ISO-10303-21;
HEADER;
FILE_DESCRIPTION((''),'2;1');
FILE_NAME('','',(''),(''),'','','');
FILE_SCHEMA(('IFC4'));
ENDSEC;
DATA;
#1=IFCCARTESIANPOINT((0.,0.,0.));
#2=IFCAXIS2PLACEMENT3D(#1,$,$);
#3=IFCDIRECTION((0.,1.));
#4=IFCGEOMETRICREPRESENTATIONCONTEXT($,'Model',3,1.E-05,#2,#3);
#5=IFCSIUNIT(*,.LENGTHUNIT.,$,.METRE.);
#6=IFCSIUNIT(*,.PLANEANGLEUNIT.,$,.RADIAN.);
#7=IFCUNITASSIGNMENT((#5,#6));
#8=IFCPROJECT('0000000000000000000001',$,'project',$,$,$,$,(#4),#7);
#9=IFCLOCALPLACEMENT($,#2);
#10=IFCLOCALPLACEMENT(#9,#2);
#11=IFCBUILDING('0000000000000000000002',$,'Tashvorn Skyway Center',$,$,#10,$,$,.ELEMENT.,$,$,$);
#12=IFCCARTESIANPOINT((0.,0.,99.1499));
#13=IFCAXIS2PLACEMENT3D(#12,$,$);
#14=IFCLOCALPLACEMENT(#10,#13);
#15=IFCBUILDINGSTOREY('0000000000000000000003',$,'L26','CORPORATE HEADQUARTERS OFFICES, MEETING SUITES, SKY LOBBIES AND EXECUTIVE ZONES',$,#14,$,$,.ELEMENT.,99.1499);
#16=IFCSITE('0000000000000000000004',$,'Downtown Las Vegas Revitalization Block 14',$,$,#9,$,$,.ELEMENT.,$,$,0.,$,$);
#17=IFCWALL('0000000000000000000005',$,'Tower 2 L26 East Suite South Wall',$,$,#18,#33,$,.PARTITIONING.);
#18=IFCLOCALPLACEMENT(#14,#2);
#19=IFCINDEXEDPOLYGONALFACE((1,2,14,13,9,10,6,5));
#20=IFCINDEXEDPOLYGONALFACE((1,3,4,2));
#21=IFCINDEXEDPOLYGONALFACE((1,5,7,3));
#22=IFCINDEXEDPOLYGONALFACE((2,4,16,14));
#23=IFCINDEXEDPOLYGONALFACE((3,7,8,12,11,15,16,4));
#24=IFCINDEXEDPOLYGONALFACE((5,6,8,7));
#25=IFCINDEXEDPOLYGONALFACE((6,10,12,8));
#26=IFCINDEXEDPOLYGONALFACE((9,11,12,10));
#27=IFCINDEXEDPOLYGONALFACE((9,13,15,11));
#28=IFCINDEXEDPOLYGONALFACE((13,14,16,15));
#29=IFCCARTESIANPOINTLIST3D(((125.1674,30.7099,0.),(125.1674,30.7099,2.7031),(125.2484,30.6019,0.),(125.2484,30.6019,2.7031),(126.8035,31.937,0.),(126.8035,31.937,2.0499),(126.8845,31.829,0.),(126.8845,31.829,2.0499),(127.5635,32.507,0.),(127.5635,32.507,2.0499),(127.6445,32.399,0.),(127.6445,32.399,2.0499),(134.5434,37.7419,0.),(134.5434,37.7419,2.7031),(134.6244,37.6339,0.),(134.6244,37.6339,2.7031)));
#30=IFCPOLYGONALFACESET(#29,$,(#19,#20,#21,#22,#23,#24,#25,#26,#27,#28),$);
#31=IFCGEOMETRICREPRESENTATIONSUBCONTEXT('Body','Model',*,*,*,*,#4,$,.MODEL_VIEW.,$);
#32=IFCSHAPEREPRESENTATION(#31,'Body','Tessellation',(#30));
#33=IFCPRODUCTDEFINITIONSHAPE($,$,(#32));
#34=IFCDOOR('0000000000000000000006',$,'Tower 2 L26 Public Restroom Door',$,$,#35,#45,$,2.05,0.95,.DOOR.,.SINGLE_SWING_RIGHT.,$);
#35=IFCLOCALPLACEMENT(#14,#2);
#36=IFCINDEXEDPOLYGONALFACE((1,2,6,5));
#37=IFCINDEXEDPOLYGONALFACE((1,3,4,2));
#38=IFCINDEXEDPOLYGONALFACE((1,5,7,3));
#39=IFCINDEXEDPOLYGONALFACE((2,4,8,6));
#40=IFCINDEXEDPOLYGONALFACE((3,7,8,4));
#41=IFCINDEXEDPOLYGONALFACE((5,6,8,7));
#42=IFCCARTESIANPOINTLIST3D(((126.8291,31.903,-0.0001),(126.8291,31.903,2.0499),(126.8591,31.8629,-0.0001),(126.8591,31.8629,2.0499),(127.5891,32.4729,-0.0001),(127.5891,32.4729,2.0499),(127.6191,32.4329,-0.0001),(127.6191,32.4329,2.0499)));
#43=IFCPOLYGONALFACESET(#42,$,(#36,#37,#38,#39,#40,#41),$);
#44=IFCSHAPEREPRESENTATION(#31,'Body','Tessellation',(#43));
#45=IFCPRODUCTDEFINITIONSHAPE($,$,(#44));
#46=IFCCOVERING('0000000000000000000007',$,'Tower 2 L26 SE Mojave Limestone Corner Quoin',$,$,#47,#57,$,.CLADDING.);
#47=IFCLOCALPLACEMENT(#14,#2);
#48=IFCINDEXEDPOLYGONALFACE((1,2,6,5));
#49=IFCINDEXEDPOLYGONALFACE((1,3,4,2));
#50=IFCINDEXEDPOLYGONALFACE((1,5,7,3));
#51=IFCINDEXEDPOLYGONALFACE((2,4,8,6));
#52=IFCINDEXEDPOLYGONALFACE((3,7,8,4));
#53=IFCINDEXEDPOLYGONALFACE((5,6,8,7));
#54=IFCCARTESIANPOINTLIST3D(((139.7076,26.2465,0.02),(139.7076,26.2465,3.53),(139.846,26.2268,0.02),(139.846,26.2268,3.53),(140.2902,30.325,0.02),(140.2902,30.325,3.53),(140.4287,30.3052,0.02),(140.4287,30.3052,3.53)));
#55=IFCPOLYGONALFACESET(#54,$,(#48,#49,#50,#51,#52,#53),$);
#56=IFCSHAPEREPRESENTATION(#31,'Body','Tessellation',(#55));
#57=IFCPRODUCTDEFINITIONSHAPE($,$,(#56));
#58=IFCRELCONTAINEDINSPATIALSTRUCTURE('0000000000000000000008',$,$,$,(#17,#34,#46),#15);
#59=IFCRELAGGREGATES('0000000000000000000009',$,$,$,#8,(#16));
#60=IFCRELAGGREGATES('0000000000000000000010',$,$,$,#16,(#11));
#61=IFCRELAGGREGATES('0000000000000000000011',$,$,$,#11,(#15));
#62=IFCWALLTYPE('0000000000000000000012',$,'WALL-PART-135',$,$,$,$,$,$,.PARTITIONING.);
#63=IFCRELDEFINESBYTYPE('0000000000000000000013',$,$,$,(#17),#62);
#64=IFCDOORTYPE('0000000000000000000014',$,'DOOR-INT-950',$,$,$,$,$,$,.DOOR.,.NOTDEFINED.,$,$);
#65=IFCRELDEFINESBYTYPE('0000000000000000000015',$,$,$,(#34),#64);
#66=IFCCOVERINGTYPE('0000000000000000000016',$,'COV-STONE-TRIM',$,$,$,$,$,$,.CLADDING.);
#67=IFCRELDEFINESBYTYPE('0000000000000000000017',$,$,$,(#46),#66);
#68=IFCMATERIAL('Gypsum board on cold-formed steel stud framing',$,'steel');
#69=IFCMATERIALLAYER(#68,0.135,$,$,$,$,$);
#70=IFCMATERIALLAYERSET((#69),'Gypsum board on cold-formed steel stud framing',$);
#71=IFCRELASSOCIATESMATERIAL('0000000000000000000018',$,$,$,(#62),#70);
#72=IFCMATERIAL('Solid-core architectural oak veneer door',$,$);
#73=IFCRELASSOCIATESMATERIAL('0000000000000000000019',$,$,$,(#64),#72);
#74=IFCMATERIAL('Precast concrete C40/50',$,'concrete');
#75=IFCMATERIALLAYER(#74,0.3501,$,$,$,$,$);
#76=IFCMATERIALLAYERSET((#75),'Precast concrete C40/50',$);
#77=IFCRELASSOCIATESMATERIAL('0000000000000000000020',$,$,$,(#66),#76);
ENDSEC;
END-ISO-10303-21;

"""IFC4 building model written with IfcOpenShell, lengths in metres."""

from ifc_helpers import new_model, si_unit, direction, frame, frame_2d, origin, origin_2d, place, context, subcontext, project, spatial, rectangle, extrude, material, layer, layer_set, type_object, element, fill, save


model = new_model("IFC4")

# Units and contexts
model_context = context("Model", 3, precision=1e-05, world=origin(), true_north=direction((0.0, 1.0)))
body_context = subcontext(model_context, "Body", "Model", "MODEL_VIEW")
ifc_project = project(units=[si_unit("LENGTHUNIT", "METRE"), si_unit("PLANEANGLEUNIT", "RADIAN")], contexts=[model_context])

# Site, building, storey
site_placement = place(None, origin())
site = spatial("IfcSite", under=ifc_project, at=site_placement, Name="Downtown Las Vegas Revitalization Block 14", CompositionType="ELEMENT", RefElevation=0.0)
building_placement = place(site_placement, origin())
building = spatial("IfcBuilding", under=site, at=building_placement, Name="Tashvorn Skyway Center", CompositionType="ELEMENT")
storey_placement = place(building_placement, frame((0.0, 0.0, 99.1499)))
storey = spatial("IfcBuildingStorey", under=building, at=storey_placement, Name="L26", Description="CORPORATE HEADQUARTERS OFFICES, MEETING SUITES, SKY LOBBIES AND EXECUTIVE ZONES", CompositionType="ELEMENT", Elevation=99.1499)

# Shared definitions
ifc_material_1 = material(Name="Precast concrete C40/50", Category="concrete")

# Shared definitions
ifc_material_2 = material(Name="Gypsum board on cold-formed steel stud framing", Category="steel")
ifc_layer_1 = layer(ifc_material_2, 0.135)
ifc_layer_set_1 = layer_set([ifc_layer_1], Name="Gypsum board on cold-formed steel stud framing")
wall_type_1 = type_object("IfcWallType", Name="WALL-PART-135", PredefinedType="PARTITIONING", material=ifc_layer_set_1)
ifc_material_3 = material(Name="Solid-core architectural oak veneer door")
door_type_1 = type_object("IfcDoorType", Name="DOOR-INT-950", OperationType="NOTDEFINED", PredefinedType="DOOR", material=ifc_material_3)

# Wall, opening, door
wall_1_placement = place(storey_placement, frame((125.208, 30.656, 0.0), z_axis=(0.0, 0.0, 1.0), x_axis=(0.8, 0.6, 0.0)))
wall_1 = element("IfcWall", 1, at=wall_1_placement, inside=storey, type_object=wall_type_1, Name="Tower 2 L26 East Suite South Wall", PredefinedType="PARTITIONING", context=body_context, shape_type="SweptSolid", body=[
    extrude(rectangle(XDim=11.72, YDim=0.135, at=frame_2d((5.8599, 0.0))), origin(), (0.0, 0.0, 1.0), 2.7031),
])
opening_1_placement = place(wall_1_placement, frame((2.0449, 0.0, 0.0)))
opening_1 = element("IfcOpeningElement", 2, at=opening_1_placement, cuts=wall_1, PredefinedType="OPENING", context=body_context, shape_type="SweptSolid", body=[
    extrude(rectangle(XDim=0.95, YDim=2.05, at=frame_2d((0.4751, 1.0249))), frame((0.0, 0.0774, 0.0), z_axis=(0.0, -1.0, 0.0), x_axis=(1.0, 0.0, 0.0)), (0.0, 0.0, 1.0), 0.155),
])
door_1_placement = place(opening_1_placement, origin())
door_1 = element("IfcDoor", 3, at=door_1_placement, inside=storey, type_object=door_type_1, Name="Tower 2 L26 Public Restroom Door", OperationType="SINGLE_SWING_RIGHT", OverallHeight=2.05, OverallWidth=0.95, PredefinedType="DOOR", context=body_context, shape_type="SweptSolid", body=[
    extrude(rectangle(XDim=0.95, YDim=2.05, at=frame_2d((0.4751, 1.0249))), frame((0.0, 0.0249, 0.0), z_axis=(0.0, -1.0, 0.0), x_axis=(1.0, 0.0, 0.0)), (0.0, 0.0, 1.0), 0.05),
])
fill(opening_1, door_1)

# Covering
ifc_layer_2 = layer(ifc_material_1, 0.3501)
ifc_layer_set_2 = layer_set([ifc_layer_2], Name="Precast concrete C40/50")
covering_type = type_object("IfcCoveringType", Name="COV-STONE-TRIM", PredefinedType="CLADDING", material=ifc_layer_set_2)
covering_placement = place(storey_placement, frame((140.0681, 28.2759, 0.02), z_axis=(0.0, 0.0, 1.0), x_axis=(0.141421, 0.989949, 0.0)))
element("IfcCovering", 4, at=covering_placement, inside=storey, type_object=covering_type, Name="Tower 2 L26 SE Mojave Limestone Corner Quoin", PredefinedType="CLADDING", context=body_context, shape_type="SweptSolid", body=[
    extrude(rectangle(XDim=4.1199, YDim=0.1399, at=origin_2d()), origin(), (0.0, 0.0, 1.0), 3.51),
])

save(model, "model.ifc")
